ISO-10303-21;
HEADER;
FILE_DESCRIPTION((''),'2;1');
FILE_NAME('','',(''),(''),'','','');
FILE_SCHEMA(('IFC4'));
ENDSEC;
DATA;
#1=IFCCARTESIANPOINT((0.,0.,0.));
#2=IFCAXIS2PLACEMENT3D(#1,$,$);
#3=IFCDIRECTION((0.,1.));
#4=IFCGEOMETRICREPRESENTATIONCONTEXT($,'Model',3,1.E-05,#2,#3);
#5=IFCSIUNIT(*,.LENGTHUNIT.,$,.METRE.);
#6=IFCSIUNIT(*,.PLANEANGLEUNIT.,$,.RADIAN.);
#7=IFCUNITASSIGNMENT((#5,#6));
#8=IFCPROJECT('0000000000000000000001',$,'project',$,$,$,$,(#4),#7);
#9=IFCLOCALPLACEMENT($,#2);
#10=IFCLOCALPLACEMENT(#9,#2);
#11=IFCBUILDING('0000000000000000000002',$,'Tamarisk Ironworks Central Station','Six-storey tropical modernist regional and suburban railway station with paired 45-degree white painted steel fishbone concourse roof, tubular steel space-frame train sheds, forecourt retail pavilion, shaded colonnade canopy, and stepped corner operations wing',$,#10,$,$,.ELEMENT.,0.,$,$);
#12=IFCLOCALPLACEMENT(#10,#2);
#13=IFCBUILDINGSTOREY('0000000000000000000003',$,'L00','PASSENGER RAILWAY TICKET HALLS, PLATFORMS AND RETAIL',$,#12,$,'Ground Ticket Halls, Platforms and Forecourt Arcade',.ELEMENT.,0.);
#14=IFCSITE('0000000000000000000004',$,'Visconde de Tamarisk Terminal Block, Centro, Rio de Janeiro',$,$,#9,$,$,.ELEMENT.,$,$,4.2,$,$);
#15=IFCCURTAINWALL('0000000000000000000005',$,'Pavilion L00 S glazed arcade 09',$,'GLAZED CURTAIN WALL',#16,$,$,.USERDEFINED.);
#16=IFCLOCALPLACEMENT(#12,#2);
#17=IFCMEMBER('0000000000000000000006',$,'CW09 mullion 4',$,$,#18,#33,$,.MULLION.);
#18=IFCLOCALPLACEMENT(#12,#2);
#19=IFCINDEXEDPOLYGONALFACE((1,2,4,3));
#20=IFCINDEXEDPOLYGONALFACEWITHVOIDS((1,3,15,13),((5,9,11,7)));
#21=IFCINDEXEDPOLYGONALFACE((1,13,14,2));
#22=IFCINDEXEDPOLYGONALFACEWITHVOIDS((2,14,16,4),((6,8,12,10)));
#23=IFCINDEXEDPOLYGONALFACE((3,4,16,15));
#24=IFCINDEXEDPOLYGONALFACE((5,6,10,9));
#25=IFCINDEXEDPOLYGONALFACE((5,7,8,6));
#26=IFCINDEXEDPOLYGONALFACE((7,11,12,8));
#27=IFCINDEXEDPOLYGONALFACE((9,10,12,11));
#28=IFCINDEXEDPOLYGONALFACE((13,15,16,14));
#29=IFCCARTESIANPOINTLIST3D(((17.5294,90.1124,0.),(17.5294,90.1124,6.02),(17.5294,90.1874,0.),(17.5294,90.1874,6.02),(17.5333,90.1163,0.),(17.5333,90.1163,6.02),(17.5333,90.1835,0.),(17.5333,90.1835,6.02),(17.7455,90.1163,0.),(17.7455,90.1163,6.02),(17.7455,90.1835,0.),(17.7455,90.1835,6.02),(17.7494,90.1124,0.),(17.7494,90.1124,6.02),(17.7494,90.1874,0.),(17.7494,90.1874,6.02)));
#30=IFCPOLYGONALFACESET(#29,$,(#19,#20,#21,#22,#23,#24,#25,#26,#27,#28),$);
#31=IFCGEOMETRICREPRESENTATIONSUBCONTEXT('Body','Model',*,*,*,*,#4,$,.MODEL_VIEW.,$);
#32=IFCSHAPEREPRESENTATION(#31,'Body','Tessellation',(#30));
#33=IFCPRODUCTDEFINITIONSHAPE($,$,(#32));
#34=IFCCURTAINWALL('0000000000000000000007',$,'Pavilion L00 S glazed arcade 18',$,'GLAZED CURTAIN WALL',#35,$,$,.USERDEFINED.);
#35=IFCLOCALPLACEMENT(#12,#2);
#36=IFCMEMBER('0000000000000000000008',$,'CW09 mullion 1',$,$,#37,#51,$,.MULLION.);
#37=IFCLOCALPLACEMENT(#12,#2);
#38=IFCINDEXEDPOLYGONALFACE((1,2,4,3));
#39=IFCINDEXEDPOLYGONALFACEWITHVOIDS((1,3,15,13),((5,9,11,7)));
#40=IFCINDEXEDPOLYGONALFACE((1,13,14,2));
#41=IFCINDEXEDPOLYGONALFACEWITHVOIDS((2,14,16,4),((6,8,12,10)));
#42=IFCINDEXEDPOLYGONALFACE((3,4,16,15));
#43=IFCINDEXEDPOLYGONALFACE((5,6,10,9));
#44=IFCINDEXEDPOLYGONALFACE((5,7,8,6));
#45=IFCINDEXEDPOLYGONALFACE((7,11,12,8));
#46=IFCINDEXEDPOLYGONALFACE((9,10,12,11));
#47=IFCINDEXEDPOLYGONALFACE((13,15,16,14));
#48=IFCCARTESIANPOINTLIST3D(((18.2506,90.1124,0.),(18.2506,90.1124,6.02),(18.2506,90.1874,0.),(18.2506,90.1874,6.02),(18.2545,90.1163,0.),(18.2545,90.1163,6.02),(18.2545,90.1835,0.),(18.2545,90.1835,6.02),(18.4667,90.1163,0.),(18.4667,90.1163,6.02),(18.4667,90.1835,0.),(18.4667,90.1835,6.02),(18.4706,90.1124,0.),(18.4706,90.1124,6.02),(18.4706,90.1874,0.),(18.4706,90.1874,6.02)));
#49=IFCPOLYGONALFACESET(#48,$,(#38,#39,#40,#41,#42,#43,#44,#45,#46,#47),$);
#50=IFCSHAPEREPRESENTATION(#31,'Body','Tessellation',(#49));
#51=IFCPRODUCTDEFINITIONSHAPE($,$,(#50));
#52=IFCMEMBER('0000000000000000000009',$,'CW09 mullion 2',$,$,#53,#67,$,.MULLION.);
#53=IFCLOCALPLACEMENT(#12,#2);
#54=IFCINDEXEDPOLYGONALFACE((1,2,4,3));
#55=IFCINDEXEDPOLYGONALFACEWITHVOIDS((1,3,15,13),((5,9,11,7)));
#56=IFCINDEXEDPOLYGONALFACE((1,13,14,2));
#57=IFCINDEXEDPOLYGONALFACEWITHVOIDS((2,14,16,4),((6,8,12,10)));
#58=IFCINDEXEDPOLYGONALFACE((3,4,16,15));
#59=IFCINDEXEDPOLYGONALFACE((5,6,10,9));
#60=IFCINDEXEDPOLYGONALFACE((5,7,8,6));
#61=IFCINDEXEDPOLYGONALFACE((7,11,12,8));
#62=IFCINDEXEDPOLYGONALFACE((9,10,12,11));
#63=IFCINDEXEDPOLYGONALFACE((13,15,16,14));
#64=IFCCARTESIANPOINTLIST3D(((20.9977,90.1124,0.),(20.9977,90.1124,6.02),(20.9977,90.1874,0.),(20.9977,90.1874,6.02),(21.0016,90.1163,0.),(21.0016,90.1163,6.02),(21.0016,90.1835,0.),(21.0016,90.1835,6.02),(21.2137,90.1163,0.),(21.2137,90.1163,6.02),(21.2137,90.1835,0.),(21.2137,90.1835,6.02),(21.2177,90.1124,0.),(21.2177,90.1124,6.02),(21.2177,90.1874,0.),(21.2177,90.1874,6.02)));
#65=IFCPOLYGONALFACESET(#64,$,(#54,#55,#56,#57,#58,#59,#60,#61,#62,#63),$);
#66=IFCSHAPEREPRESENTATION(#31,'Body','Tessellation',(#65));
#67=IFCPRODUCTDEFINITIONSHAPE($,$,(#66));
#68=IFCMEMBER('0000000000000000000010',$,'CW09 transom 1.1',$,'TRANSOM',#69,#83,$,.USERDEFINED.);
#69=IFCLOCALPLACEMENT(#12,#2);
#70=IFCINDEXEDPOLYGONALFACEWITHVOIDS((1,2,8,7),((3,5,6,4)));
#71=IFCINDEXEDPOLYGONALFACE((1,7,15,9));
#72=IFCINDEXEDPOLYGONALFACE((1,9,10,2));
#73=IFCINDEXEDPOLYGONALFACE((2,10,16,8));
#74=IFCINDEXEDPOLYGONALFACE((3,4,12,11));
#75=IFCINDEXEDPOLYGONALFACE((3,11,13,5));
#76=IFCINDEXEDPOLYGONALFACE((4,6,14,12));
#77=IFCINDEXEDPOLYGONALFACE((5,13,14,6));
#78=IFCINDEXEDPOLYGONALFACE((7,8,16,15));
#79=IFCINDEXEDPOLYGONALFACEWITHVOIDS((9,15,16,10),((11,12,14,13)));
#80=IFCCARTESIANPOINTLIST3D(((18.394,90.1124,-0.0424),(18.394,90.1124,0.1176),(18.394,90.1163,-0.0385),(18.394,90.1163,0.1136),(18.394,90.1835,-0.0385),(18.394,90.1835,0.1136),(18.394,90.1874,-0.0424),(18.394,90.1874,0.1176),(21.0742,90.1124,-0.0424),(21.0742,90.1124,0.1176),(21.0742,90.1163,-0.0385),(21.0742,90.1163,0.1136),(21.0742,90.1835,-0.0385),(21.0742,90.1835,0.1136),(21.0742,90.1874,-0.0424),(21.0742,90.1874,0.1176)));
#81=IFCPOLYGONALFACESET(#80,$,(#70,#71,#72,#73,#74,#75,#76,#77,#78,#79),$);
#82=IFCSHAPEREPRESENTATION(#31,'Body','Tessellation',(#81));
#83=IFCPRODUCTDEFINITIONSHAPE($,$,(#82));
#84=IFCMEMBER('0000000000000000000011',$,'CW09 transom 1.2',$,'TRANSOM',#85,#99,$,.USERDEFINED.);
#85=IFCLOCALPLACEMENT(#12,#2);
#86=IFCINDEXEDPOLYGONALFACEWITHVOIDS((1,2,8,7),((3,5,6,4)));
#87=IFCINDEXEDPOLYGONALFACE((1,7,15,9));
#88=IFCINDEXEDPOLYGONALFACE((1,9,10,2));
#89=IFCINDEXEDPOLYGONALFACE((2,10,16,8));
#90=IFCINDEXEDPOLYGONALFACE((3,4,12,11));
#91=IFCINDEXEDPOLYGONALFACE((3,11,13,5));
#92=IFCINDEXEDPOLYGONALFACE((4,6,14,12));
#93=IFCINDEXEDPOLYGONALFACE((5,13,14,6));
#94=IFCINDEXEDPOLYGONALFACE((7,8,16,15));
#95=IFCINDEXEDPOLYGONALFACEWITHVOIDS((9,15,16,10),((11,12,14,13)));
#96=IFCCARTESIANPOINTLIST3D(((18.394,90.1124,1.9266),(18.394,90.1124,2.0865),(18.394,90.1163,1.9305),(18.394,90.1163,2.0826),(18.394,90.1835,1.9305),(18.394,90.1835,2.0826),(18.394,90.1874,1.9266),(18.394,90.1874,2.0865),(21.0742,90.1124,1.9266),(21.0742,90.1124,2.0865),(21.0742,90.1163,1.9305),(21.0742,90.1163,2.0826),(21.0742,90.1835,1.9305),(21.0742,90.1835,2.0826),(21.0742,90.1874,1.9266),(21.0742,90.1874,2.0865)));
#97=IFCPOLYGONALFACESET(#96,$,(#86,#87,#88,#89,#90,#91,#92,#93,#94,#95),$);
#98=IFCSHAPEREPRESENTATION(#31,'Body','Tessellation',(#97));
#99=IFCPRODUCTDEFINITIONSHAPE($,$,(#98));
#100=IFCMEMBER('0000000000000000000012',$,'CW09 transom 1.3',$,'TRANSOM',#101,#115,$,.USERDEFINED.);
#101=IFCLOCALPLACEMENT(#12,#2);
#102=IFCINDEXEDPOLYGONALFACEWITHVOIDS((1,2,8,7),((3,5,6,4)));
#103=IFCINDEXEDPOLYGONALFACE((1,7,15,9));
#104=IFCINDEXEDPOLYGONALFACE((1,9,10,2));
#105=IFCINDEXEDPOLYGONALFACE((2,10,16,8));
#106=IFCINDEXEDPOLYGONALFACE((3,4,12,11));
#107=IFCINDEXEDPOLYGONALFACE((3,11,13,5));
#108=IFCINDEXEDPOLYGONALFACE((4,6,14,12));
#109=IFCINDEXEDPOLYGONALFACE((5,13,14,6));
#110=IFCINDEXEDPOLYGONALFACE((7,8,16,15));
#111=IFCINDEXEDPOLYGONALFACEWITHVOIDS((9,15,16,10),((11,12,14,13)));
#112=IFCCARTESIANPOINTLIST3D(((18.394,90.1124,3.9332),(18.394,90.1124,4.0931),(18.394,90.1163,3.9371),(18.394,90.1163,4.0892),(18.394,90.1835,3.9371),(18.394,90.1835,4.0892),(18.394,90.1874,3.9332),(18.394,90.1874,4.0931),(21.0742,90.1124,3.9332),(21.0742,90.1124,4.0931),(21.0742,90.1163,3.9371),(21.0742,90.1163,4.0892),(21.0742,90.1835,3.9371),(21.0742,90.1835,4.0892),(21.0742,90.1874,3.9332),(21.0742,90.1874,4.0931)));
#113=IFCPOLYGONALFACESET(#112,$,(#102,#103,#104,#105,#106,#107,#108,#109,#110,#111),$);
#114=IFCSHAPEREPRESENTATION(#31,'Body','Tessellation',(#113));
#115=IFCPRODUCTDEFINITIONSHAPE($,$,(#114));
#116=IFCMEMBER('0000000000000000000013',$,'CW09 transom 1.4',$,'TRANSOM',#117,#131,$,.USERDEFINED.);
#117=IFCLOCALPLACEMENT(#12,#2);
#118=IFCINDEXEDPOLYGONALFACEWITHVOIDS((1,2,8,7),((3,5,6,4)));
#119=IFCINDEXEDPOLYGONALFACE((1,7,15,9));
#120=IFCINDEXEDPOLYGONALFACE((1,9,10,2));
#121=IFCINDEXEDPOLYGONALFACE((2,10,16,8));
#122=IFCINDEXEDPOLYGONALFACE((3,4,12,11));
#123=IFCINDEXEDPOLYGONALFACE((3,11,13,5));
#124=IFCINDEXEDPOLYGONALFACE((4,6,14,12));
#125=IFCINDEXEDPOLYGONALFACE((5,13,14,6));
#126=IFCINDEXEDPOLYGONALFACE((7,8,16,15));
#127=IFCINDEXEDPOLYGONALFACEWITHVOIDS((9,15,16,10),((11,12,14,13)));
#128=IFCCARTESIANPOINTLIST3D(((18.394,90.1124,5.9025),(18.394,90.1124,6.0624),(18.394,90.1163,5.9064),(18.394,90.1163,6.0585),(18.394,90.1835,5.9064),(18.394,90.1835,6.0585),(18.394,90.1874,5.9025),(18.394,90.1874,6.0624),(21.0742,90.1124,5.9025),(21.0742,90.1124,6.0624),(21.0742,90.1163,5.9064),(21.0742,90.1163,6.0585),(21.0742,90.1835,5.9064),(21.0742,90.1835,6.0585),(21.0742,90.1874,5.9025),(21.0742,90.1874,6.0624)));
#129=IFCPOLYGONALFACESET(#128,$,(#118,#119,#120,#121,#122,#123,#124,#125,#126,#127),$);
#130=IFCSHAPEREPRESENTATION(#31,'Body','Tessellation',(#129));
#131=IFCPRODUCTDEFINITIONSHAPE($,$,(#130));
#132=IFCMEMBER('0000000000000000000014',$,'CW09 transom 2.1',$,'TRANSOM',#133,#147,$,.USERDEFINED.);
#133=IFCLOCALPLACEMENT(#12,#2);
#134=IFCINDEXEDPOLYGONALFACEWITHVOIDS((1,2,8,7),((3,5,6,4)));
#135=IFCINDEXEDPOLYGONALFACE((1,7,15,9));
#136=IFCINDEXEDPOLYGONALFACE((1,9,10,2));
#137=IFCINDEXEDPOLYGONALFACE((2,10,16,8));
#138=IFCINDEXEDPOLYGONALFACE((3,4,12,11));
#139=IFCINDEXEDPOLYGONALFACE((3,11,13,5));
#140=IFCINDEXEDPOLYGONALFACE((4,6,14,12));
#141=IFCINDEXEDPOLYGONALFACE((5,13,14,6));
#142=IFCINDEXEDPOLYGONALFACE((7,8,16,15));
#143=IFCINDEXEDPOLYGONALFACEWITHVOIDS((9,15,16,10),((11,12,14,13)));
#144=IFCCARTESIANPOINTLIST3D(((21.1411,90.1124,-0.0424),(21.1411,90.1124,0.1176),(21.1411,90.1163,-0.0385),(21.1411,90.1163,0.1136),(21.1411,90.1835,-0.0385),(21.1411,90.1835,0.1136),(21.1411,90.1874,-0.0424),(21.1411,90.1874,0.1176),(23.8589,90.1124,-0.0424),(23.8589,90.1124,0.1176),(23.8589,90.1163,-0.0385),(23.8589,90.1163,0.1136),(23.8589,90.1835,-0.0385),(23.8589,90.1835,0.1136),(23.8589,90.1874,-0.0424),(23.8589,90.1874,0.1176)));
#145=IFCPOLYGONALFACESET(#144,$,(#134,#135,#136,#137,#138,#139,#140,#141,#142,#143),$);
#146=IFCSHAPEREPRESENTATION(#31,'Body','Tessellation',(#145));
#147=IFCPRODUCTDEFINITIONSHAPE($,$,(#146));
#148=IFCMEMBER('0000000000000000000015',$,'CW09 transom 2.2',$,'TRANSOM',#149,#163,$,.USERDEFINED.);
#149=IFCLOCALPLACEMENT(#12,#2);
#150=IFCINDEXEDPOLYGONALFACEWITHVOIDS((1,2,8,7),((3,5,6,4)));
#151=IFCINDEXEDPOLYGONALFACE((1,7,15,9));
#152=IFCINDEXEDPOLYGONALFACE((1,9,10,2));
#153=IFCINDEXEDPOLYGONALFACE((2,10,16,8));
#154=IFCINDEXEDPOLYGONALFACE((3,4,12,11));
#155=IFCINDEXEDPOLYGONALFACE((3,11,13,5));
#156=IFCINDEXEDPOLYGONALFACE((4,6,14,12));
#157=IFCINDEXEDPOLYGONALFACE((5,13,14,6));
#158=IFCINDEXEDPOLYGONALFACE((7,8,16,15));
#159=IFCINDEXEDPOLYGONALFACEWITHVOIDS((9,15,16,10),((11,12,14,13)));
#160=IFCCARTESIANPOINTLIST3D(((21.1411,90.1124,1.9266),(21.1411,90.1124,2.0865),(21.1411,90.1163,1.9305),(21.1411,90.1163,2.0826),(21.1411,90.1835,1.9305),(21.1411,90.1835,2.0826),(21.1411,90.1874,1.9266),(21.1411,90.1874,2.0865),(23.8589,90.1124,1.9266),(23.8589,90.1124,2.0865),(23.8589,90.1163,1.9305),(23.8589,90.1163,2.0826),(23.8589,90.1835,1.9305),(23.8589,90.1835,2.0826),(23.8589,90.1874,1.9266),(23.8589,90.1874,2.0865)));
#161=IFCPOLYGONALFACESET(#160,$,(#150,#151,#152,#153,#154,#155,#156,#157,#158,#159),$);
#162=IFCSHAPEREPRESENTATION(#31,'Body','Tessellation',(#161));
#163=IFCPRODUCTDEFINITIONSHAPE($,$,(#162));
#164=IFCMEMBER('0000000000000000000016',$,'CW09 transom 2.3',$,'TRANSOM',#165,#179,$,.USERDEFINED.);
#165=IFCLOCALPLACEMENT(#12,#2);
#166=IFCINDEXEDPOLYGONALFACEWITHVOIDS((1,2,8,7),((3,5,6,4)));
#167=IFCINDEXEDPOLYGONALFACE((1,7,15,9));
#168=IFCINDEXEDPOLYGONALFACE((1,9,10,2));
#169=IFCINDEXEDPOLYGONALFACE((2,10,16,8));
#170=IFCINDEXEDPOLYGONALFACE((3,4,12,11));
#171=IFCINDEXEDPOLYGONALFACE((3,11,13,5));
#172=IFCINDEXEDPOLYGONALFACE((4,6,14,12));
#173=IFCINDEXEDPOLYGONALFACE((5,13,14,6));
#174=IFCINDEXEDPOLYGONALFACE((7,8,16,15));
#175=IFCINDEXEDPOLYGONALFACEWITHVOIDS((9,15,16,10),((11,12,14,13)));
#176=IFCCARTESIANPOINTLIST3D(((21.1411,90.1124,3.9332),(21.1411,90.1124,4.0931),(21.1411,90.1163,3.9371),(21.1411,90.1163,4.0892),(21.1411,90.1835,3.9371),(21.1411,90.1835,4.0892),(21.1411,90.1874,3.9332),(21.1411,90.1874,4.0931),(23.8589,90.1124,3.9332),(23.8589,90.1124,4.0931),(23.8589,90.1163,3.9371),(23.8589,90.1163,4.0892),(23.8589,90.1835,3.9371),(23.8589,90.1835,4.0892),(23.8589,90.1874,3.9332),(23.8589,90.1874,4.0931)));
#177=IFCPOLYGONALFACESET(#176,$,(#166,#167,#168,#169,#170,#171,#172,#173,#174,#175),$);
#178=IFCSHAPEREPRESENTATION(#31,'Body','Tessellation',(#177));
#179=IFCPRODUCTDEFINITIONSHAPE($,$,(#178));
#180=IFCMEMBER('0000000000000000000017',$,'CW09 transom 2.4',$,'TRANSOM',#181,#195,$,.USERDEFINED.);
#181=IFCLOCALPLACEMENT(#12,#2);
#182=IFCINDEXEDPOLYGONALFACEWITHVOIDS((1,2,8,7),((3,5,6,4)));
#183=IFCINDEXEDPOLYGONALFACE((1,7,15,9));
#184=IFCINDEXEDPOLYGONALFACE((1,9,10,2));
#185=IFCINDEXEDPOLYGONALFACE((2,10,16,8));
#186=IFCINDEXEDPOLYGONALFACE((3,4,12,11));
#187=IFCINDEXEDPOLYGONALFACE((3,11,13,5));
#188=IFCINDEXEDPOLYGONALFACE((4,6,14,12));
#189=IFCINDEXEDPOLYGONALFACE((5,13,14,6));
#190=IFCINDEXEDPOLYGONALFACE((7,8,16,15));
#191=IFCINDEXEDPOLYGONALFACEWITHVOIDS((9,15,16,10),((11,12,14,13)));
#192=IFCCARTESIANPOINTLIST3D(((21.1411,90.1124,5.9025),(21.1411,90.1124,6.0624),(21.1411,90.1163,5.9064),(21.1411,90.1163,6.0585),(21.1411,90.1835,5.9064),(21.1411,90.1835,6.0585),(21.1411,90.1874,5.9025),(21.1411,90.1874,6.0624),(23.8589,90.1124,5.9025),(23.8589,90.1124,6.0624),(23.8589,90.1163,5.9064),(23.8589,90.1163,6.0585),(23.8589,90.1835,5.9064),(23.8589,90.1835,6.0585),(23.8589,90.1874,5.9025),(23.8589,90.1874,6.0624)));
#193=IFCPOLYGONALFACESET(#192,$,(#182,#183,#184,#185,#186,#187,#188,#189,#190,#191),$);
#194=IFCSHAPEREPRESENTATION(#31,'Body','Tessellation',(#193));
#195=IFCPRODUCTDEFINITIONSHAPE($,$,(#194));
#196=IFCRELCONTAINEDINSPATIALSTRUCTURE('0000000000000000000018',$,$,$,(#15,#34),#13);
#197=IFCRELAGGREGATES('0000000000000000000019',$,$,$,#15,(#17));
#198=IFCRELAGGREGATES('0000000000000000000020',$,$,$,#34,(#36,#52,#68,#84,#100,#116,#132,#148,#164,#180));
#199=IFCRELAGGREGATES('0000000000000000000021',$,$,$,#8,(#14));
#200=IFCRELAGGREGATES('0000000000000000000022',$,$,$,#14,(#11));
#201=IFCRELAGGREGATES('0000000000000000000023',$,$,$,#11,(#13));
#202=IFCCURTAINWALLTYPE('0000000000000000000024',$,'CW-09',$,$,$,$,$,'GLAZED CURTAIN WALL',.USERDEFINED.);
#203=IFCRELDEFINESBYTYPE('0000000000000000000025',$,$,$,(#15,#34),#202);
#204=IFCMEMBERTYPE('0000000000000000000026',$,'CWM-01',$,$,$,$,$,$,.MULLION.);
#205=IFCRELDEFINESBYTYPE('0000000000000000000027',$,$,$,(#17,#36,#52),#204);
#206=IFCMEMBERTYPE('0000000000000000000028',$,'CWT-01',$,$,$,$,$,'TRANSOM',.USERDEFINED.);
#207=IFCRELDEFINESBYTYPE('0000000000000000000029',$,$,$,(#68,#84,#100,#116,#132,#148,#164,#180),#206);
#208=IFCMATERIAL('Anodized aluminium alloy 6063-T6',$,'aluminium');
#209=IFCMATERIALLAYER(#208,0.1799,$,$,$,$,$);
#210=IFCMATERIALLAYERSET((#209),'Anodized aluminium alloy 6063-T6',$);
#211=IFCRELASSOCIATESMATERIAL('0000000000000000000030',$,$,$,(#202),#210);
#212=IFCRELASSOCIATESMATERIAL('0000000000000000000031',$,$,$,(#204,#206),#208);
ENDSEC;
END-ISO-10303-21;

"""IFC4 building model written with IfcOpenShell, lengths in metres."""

from ifc_helpers import new_model, si_unit, direction, frame, origin, origin_2d, place, context, subcontext, project, spatial, hollow_rectangle, extrude, material, layer, layer_set, material_profile, profile_set, type_object, element, aggregate, save


model = new_model("IFC4")

# Units and contexts
model_context = context("Model", 3, precision=1e-05, world=origin(), true_north=direction((0.0, 1.0)))
body_context = subcontext(model_context, "Body", "Model", "MODEL_VIEW")
ifc_project = project(units=[si_unit("LENGTHUNIT", "METRE"), si_unit("PLANEANGLEUNIT", "RADIAN")], contexts=[model_context])

# Site, building, storey
site_placement = place(None, origin())
site = spatial("IfcSite", under=ifc_project, at=site_placement, Name="Visconde de Tamarisk Terminal Block, Centro, Rio de Janeiro", CompositionType="ELEMENT", RefElevation=4.2)
building_placement = place(site_placement, origin())
building = spatial("IfcBuilding", under=site, at=building_placement, Name="Tamarisk Ironworks Central Station", Description="Six-storey tropical modernist regional and suburban railway station with paired 45-degree white painted steel fishbone concourse roof, tubular steel space-frame train sheds, forecourt retail pavilion, shaded colonnade canopy, and stepped corner operations wing", CompositionType="ELEMENT", ElevationOfRefHeight=0.0)
storey_placement = place(building_placement, origin())
storey = spatial("IfcBuildingStorey", under=building, at=storey_placement, Name="L00", Description="PASSENGER RAILWAY TICKET HALLS, PLATFORMS AND RETAIL", LongName="Ground Ticket Halls, Platforms and Forecourt Arcade", CompositionType="ELEMENT", Elevation=0.0)

# Curtain wall, member
ifc_material_1 = material(Name="Anodized aluminium alloy 6063-T6", Category="aluminium")
ifc_layer_1 = layer(ifc_material_1, 0.1799)
ifc_layer_set_1 = layer_set([ifc_layer_1], Name="Anodized aluminium alloy 6063-T6")
curtain_wall_type = type_object("IfcCurtainWallType", Name="CW-09", ElementType="GLAZED CURTAIN WALL", PredefinedType="USERDEFINED", material=ifc_layer_set_1)
curtain_wall_1_placement = place(storey_placement, origin())
curtain_wall_1 = element("IfcCurtainWall", 1, at=curtain_wall_1_placement, inside=storey, type_object=curtain_wall_type, Name="Pavilion L00 S glazed arcade 09", ObjectType="GLAZED CURTAIN WALL", PredefinedType="USERDEFINED")
ifc_material_profile_1 = material_profile(ifc_material_1, hollow_rectangle(XDim=0.075, YDim=0.22, WallThickness=0.0039, at=origin_2d()), Name="ALUM 220x75")
ifc_profile_set_1 = profile_set([ifc_material_profile_1], Name="Anodized aluminium alloy 6063-T6")
member_type_1 = type_object("IfcMemberType", Name="CWM-01", PredefinedType="MULLION", material=ifc_profile_set_1)
member_1_placement = place(storey_placement, frame((17.6394, 90.1499, 0.0), z_axis=(0.0, 0.0, 1.0), x_axis=(0.0, 1.0, 0.0)))
member_1 = element("IfcMember", 2, at=member_1_placement, type_object=member_type_1, Name="CW09 mullion 4", PredefinedType="MULLION", context=body_context, shape_type="SweptSolid", body=[
    extrude(hollow_rectangle(XDim=0.075, YDim=0.22, WallThickness=0.0039, at=origin_2d()), origin(), (0.0, 0.0, 1.0), 6.02),
])
aggregate(curtain_wall_1, [member_1])

# Curtain wall, members
curtain_wall_2_placement = place(storey_placement, origin())
curtain_wall_2 = element("IfcCurtainWall", 3, at=curtain_wall_2_placement, inside=storey, type_object=curtain_wall_type, Name="Pavilion L00 S glazed arcade 18", ObjectType="GLAZED CURTAIN WALL", PredefinedType="USERDEFINED")
member_2_placement = place(storey_placement, frame((18.3606, 90.1499, 0.0), z_axis=(0.0, 0.0, 1.0), x_axis=(0.0, 1.0, 0.0)))
member_2 = element("IfcMember", 4, at=member_2_placement, type_object=member_type_1, Name="CW09 mullion 1", PredefinedType="MULLION", context=body_context, shape_type="SweptSolid", body=[
    extrude(hollow_rectangle(XDim=0.075, YDim=0.22, WallThickness=0.0039, at=origin_2d()), origin(), (0.0, 0.0, 1.0), 6.02),
])
member_3_placement = place(storey_placement, frame((21.1077, 90.1499, 0.0), z_axis=(0.0, 0.0, 1.0), x_axis=(0.0, 1.0, 0.0)))
member_3 = element("IfcMember", 5, at=member_3_placement, type_object=member_type_1, Name="CW09 mullion 2", PredefinedType="MULLION", context=body_context, shape_type="SweptSolid", body=[
    extrude(hollow_rectangle(XDim=0.075, YDim=0.22, WallThickness=0.0039, at=origin_2d()), origin(), (0.0, 0.0, 1.0), 6.02),
])
ifc_material_profile_2 = material_profile(ifc_material_1, hollow_rectangle(XDim=0.075, YDim=0.1599, WallThickness=0.0039, at=origin_2d()), Name="ALUM 160x75")
ifc_profile_set_2 = profile_set([ifc_material_profile_2], Name="Anodized aluminium alloy 6063-T6")
member_type_2 = type_object("IfcMemberType", Name="CWT-01", ElementType="TRANSOM", PredefinedType="USERDEFINED", material=ifc_profile_set_2)
member_4_placement = place(storey_placement, frame((18.394, 90.1499, 0.0376), z_axis=(1.0, 0.0, 0.0), x_axis=(0.0, 1.0, 0.0)))
member_4 = element("IfcMember", 6, at=member_4_placement, type_object=member_type_2, Name="CW09 transom 1.1", ObjectType="TRANSOM", PredefinedType="USERDEFINED", context=body_context, shape_type="SweptSolid", body=[
    extrude(hollow_rectangle(XDim=0.075, YDim=0.1599, WallThickness=0.0039, at=origin_2d()), origin(), (0.0, 0.0, 1.0), 2.6802),
])
member_5_placement = place(storey_placement, frame((18.394, 90.1499, 2.0066), z_axis=(1.0, 0.0, 0.0), x_axis=(0.0, 1.0, 0.0)))
member_5 = element("IfcMember", 7, at=member_5_placement, type_object=member_type_2, Name="CW09 transom 1.2", ObjectType="TRANSOM", PredefinedType="USERDEFINED", context=body_context, shape_type="SweptSolid", body=[
    extrude(hollow_rectangle(XDim=0.075, YDim=0.1599, WallThickness=0.0039, at=origin_2d()), origin(), (0.0, 0.0, 1.0), 2.6802),
])
member_6_placement = place(storey_placement, frame((18.394, 90.1499, 4.0132), z_axis=(1.0, 0.0, 0.0), x_axis=(0.0, 1.0, 0.0)))
member_6 = element("IfcMember", 8, at=member_6_placement, type_object=member_type_2, Name="CW09 transom 1.3", ObjectType="TRANSOM", PredefinedType="USERDEFINED", context=body_context, shape_type="SweptSolid", body=[
    extrude(hollow_rectangle(XDim=0.075, YDim=0.1599, WallThickness=0.0039, at=origin_2d()), origin(), (0.0, 0.0, 1.0), 2.6802),
])
member_7_placement = place(storey_placement, frame((18.394, 90.1499, 5.9824), z_axis=(1.0, 0.0, 0.0), x_axis=(0.0, 1.0, 0.0)))
member_7 = element("IfcMember", 9, at=member_7_placement, type_object=member_type_2, Name="CW09 transom 1.4", ObjectType="TRANSOM", PredefinedType="USERDEFINED", context=body_context, shape_type="SweptSolid", body=[
    extrude(hollow_rectangle(XDim=0.075, YDim=0.1599, WallThickness=0.0039, at=origin_2d()), origin(), (0.0, 0.0, 1.0), 2.6802),
])
member_8_placement = place(storey_placement, frame((21.1411, 90.1499, 0.0376), z_axis=(1.0, 0.0, 0.0), x_axis=(0.0, 1.0, 0.0)))
member_8 = element("IfcMember", 10, at=member_8_placement, type_object=member_type_2, Name="CW09 transom 2.1", ObjectType="TRANSOM", PredefinedType="USERDEFINED", context=body_context, shape_type="SweptSolid", body=[
    extrude(hollow_rectangle(XDim=0.075, YDim=0.1599, WallThickness=0.0039, at=origin_2d()), origin(), (0.0, 0.0, 1.0), 2.7178),
])
member_9_placement = place(storey_placement, frame((21.1411, 90.1499, 2.0066), z_axis=(1.0, 0.0, 0.0), x_axis=(0.0, 1.0, 0.0)))
member_9 = element("IfcMember", 11, at=member_9_placement, type_object=member_type_2, Name="CW09 transom 2.2", ObjectType="TRANSOM", PredefinedType="USERDEFINED", context=body_context, shape_type="SweptSolid", body=[
    extrude(hollow_rectangle(XDim=0.075, YDim=0.1599, WallThickness=0.0039, at=origin_2d()), origin(), (0.0, 0.0, 1.0), 2.7178),
])
member_10_placement = place(storey_placement, frame((21.1411, 90.1499, 4.0132), z_axis=(1.0, 0.0, 0.0), x_axis=(0.0, 1.0, 0.0)))
member_10 = element("IfcMember", 12, at=member_10_placement, type_object=member_type_2, Name="CW09 transom 2.3", ObjectType="TRANSOM", PredefinedType="USERDEFINED", context=body_context, shape_type="SweptSolid", body=[
    extrude(hollow_rectangle(XDim=0.075, YDim=0.1599, WallThickness=0.0039, at=origin_2d()), origin(), (0.0, 0.0, 1.0), 2.7178),
])
member_11_placement = place(storey_placement, frame((21.1411, 90.1499, 5.9824), z_axis=(1.0, 0.0, 0.0), x_axis=(0.0, 1.0, 0.0)))
member_11 = element("IfcMember", 13, at=member_11_placement, type_object=member_type_2, Name="CW09 transom 2.4", ObjectType="TRANSOM", PredefinedType="USERDEFINED", context=body_context, shape_type="SweptSolid", body=[
    extrude(hollow_rectangle(XDim=0.075, YDim=0.1599, WallThickness=0.0039, at=origin_2d()), origin(), (0.0, 0.0, 1.0), 2.7178),
])
aggregate(curtain_wall_2, [member_2, member_3, member_4, member_5, member_6, member_7, member_8, member_9, member_10, member_11])

save(model, "model.ifc")
